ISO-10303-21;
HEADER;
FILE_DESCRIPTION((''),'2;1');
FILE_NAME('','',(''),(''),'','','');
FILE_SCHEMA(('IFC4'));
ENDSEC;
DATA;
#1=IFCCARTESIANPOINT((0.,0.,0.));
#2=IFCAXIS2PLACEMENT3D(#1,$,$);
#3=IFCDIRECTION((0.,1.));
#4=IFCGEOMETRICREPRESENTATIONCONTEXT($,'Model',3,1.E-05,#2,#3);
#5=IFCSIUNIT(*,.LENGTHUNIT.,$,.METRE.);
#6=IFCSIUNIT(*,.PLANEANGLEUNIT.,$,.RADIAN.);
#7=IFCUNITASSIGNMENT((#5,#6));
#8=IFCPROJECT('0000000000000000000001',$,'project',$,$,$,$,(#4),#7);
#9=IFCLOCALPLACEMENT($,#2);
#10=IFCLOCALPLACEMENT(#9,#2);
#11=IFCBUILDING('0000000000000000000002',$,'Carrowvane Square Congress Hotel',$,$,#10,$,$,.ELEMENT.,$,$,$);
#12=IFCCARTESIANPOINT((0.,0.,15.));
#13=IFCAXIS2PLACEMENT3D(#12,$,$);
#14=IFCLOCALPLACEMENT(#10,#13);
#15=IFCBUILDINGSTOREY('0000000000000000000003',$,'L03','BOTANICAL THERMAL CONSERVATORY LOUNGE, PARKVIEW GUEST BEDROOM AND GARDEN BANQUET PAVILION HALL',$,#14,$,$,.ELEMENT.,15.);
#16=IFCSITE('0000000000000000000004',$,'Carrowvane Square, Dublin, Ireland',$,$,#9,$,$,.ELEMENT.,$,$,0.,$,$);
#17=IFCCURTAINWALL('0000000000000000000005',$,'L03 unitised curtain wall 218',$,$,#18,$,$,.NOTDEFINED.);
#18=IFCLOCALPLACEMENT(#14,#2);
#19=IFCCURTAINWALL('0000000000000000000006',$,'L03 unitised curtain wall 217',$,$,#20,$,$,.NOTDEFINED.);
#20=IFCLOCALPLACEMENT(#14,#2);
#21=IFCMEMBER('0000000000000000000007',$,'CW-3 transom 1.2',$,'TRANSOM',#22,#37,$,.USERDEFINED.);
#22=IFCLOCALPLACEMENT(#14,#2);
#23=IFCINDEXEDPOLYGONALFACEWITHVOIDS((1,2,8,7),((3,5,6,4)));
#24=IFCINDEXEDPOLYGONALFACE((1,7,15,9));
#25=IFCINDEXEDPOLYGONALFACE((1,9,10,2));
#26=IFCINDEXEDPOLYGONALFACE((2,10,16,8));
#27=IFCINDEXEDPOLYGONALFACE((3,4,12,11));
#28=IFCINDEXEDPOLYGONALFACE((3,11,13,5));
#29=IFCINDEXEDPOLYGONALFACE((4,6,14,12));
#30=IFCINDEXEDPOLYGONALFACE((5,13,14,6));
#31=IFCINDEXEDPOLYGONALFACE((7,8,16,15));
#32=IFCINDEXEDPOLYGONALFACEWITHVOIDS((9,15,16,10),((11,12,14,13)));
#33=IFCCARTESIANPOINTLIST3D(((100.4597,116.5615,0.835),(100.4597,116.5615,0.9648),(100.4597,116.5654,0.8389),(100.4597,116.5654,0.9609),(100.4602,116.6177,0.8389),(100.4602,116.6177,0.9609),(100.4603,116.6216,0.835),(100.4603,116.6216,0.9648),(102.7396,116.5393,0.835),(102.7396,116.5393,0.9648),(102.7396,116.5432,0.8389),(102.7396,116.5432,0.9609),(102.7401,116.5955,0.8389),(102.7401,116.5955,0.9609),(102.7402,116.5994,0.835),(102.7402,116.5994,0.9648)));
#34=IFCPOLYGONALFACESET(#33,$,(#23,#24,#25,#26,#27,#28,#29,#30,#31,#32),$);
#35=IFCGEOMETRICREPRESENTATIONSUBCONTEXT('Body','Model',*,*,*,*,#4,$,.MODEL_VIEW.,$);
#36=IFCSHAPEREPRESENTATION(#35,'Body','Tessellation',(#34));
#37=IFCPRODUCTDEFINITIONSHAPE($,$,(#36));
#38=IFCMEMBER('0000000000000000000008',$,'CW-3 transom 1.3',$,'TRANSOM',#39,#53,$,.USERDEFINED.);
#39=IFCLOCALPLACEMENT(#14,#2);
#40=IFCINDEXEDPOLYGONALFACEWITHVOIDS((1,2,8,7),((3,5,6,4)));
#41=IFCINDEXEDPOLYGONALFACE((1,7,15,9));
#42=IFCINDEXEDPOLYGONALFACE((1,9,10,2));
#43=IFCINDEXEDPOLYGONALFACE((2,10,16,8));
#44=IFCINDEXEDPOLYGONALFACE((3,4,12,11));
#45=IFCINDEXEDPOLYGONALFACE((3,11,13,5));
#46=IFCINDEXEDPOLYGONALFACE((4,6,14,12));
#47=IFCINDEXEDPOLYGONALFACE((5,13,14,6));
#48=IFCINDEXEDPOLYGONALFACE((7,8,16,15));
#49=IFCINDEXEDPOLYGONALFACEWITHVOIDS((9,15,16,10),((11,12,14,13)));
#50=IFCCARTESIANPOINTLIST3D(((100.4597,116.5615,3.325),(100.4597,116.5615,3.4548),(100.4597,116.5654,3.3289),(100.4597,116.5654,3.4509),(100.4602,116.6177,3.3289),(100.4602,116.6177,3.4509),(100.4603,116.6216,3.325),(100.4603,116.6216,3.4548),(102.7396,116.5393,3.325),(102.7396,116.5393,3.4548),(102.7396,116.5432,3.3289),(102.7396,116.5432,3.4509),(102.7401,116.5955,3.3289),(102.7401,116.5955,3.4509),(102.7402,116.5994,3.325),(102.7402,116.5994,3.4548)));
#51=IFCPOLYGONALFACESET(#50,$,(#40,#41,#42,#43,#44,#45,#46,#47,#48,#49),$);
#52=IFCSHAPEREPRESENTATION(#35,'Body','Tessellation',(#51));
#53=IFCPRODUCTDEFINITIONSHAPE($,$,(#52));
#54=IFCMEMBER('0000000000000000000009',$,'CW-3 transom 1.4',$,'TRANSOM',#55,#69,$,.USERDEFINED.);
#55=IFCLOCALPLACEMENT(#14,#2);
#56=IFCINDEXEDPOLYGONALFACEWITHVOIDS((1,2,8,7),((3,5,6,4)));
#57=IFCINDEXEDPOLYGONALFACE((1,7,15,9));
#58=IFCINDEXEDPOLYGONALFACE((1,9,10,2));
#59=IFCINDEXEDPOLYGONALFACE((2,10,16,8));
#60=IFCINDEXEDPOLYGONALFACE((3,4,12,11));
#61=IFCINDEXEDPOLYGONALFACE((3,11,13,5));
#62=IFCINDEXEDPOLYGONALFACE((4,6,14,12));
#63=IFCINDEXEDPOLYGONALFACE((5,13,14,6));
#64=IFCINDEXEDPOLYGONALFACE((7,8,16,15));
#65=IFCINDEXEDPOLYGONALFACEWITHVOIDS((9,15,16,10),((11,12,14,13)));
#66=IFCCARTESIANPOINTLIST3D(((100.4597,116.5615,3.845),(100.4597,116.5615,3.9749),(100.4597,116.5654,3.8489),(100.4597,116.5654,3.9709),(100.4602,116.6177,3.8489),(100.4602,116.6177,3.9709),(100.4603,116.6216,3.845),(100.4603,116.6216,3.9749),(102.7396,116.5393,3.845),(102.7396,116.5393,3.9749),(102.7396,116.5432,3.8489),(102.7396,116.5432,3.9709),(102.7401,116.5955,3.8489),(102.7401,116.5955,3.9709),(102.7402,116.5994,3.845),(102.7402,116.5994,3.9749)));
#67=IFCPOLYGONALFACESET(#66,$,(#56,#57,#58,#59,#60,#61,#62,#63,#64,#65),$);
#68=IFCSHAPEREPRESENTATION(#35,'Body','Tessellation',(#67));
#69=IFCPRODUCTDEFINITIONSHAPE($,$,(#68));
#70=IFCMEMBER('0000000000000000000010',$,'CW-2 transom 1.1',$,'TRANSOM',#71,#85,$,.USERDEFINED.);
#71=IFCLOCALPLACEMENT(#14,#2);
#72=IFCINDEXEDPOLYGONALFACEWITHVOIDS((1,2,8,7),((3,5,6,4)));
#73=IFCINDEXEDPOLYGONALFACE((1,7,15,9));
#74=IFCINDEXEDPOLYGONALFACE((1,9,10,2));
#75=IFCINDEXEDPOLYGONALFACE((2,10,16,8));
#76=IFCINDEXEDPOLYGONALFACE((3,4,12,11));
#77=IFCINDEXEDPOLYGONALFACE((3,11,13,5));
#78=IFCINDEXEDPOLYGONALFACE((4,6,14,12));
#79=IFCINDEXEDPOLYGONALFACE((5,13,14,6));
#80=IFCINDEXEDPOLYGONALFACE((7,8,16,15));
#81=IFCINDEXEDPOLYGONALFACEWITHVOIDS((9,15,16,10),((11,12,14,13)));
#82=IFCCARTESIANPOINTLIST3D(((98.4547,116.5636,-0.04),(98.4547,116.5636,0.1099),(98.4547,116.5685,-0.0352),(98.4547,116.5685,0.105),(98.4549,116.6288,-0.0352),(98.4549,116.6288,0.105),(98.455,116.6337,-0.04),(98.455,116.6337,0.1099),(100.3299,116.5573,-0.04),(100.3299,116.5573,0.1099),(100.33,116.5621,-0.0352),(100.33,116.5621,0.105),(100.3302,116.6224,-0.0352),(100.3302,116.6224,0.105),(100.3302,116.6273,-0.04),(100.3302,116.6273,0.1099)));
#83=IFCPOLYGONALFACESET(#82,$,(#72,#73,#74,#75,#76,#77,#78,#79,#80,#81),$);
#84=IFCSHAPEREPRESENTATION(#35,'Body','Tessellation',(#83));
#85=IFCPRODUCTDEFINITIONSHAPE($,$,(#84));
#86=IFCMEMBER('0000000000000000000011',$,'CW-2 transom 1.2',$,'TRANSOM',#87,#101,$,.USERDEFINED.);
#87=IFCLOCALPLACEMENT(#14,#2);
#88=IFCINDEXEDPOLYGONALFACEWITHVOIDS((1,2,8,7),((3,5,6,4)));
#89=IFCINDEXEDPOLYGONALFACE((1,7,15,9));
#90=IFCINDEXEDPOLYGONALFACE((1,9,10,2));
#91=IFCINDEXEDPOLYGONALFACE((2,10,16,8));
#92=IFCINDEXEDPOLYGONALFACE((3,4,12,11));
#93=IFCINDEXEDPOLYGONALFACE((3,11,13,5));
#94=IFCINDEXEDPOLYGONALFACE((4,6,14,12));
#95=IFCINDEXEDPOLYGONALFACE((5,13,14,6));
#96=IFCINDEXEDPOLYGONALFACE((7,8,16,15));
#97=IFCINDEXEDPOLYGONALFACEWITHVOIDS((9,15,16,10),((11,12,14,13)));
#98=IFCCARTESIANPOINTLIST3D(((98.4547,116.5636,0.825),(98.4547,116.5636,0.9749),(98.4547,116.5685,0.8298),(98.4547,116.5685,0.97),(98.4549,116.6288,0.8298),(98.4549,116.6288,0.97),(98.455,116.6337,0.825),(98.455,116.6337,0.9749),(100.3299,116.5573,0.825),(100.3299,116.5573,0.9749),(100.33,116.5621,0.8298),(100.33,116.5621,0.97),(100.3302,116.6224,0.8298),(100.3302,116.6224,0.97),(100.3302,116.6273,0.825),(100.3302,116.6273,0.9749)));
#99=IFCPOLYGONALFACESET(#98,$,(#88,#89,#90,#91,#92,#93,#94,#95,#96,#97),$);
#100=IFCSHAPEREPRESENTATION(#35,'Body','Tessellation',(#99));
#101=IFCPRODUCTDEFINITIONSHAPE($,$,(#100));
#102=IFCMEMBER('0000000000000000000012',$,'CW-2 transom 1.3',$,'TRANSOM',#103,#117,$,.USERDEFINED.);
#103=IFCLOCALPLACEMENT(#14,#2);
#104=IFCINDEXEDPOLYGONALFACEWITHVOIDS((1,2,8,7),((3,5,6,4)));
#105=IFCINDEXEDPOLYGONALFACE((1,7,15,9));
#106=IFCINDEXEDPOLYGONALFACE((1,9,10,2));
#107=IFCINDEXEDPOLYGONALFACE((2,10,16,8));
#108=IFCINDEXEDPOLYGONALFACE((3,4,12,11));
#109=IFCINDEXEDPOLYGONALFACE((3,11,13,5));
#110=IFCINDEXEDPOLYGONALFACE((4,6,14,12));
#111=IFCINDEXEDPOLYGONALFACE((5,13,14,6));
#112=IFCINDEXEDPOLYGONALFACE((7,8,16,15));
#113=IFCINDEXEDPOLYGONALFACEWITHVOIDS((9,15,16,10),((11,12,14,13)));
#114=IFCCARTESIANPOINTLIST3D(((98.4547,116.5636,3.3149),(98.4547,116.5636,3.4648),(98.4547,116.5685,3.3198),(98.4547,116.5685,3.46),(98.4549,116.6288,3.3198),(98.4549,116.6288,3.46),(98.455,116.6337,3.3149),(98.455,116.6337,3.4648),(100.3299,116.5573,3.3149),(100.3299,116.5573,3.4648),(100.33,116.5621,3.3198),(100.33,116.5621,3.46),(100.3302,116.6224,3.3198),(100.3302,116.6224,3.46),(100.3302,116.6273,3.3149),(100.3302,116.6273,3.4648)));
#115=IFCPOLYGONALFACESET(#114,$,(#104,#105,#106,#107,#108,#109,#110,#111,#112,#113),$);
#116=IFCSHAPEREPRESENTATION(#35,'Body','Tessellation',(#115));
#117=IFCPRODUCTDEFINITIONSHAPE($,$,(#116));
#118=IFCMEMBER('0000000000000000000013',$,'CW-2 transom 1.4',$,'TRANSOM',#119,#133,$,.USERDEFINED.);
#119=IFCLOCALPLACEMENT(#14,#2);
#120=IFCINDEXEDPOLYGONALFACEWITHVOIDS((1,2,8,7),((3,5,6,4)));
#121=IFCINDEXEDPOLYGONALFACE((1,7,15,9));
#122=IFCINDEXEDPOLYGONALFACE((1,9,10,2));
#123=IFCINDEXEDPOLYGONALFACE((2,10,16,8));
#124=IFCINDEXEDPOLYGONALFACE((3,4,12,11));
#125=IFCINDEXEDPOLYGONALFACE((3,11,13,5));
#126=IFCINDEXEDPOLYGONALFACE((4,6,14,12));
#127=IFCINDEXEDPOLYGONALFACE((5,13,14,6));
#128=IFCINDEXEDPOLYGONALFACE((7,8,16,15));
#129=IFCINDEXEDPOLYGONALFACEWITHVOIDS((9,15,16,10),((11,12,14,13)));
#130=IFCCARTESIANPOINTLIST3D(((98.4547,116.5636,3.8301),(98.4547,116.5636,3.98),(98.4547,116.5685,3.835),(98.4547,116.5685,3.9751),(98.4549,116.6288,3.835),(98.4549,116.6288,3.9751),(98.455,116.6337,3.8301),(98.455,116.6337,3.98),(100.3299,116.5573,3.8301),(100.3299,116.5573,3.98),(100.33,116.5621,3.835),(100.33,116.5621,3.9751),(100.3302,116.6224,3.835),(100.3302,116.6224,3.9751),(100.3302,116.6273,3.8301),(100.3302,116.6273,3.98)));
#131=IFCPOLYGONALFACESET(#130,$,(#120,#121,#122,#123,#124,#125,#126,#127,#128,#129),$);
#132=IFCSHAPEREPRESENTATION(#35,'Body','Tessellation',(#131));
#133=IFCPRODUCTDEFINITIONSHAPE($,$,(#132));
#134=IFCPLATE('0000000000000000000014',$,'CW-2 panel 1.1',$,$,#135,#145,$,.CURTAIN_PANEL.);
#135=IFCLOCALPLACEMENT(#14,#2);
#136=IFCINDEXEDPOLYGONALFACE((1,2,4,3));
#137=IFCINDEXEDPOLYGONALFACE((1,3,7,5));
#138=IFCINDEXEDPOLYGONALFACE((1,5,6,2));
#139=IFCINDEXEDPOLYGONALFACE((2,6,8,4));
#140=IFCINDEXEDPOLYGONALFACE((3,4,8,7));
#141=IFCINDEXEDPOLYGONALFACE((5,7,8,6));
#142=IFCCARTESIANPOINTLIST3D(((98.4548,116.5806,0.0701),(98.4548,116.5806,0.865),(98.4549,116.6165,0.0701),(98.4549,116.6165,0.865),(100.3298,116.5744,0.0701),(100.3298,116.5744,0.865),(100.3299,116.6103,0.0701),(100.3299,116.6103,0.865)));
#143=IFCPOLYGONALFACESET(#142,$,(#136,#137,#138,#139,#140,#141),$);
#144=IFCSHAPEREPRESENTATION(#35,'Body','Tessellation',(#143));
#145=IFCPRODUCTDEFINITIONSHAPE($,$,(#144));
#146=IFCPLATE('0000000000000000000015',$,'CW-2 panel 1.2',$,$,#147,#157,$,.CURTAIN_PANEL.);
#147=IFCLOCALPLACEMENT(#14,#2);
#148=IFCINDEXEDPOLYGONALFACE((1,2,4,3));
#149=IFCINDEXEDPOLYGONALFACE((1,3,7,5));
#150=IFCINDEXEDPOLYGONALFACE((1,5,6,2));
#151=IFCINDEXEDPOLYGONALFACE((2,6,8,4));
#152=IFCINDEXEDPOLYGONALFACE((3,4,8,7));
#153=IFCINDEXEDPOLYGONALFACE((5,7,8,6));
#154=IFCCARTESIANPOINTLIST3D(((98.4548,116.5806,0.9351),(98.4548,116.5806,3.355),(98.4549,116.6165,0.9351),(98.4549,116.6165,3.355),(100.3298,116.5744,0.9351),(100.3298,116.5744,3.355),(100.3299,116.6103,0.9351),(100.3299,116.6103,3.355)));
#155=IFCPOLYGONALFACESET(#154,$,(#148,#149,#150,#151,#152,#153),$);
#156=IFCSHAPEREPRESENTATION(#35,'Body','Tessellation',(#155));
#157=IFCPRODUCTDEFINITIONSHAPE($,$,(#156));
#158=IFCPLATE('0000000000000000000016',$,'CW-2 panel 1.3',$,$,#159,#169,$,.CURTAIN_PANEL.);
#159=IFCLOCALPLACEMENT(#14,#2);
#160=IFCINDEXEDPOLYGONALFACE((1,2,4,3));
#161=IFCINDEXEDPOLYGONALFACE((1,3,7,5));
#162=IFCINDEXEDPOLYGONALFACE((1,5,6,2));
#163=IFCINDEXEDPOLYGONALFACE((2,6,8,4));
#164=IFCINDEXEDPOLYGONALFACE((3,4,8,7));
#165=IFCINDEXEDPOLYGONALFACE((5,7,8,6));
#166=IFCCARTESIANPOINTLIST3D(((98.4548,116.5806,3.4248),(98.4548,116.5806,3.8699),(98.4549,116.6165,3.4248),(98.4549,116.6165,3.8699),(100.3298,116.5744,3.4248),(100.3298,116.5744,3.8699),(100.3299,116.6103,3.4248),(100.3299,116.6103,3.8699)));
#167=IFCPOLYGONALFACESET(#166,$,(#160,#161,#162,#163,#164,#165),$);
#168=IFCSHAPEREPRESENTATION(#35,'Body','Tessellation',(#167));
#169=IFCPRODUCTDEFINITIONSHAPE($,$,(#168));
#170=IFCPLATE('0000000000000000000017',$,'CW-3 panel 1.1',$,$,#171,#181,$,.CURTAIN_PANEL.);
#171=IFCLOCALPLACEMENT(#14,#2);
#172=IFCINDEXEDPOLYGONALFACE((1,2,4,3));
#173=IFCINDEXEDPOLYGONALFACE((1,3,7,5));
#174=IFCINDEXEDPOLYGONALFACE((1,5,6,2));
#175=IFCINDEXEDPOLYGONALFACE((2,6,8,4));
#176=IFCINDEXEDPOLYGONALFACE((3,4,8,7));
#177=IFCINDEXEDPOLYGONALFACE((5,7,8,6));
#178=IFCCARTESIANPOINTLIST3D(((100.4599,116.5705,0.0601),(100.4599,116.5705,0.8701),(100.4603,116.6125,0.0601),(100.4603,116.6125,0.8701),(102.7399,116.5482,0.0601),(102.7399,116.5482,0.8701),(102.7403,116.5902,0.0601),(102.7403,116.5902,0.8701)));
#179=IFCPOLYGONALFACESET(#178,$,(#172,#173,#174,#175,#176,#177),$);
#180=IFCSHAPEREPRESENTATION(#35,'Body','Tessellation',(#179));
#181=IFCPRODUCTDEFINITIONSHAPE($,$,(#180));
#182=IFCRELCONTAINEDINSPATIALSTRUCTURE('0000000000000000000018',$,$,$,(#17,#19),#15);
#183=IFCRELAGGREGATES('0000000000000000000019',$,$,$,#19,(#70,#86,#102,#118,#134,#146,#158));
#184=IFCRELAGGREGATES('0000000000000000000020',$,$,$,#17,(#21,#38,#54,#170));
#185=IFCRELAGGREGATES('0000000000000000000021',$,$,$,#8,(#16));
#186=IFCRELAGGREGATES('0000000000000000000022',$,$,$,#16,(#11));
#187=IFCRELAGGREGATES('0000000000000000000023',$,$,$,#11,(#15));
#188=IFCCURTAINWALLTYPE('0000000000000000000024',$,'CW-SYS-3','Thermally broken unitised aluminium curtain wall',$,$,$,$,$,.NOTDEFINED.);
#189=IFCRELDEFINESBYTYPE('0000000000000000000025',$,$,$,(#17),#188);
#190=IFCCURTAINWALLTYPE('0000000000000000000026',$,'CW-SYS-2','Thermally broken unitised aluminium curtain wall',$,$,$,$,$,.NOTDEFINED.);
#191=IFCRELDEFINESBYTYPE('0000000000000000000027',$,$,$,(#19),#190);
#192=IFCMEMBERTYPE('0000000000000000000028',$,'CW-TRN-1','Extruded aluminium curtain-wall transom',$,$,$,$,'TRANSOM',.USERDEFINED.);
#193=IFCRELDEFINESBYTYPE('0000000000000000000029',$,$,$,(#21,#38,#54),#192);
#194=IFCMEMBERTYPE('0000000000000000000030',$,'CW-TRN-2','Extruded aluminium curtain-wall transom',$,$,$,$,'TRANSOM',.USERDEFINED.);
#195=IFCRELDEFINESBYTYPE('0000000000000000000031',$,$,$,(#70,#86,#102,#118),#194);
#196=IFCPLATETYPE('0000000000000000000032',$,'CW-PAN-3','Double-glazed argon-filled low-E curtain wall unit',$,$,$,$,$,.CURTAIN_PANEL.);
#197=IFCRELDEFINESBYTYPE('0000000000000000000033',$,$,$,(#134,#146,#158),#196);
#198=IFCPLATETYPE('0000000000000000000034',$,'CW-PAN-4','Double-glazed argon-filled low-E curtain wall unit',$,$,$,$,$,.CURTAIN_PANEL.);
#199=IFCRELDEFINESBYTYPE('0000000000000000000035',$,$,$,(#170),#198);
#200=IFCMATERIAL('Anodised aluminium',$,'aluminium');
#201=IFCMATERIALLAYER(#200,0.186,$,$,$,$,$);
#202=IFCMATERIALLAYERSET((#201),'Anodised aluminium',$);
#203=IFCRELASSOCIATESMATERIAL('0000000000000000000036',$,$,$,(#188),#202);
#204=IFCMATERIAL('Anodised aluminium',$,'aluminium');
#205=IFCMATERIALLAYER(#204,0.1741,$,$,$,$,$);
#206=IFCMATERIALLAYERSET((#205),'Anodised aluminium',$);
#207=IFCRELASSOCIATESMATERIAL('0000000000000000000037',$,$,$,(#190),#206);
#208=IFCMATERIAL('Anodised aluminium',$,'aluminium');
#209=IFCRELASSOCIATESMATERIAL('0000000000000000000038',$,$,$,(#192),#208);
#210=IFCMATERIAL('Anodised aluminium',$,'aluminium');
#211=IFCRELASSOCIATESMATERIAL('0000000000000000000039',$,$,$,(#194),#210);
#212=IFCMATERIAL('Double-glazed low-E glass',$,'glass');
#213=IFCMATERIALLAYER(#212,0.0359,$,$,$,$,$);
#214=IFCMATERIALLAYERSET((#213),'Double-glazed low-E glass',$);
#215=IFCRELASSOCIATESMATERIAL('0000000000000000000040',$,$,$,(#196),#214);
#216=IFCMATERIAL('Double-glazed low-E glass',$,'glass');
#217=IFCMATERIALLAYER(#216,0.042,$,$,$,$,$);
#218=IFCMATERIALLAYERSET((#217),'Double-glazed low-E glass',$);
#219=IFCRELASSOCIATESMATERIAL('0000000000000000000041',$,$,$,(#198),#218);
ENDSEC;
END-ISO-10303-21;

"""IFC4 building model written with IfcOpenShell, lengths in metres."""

from ifc_helpers import new_model, si_unit, direction, frame, origin, origin_2d, place, context, subcontext, project, spatial, rectangle, hollow_rectangle, extrude, material, layer, layer_set, material_profile, profile_set, type_object, element, aggregate, save


model = new_model("IFC4")

# Units and contexts
model_context = context("Model", 3, precision=1e-05, world=origin(), true_north=direction((0.0, 1.0)))
body_context = subcontext(model_context, "Body", "Model", "MODEL_VIEW")
ifc_project = project(units=[si_unit("LENGTHUNIT", "METRE"), si_unit("PLANEANGLEUNIT", "RADIAN")], contexts=[model_context])

# Site, building, storey
site_placement = place(None, origin())
site = spatial("IfcSite", under=ifc_project, at=site_placement, Name="Carrowvane Square, Dublin, Ireland", CompositionType="ELEMENT", RefElevation=0.0)
building_placement = place(site_placement, origin())
building = spatial("IfcBuilding", under=site, at=building_placement, Name="Carrowvane Square Congress Hotel", CompositionType="ELEMENT")
storey_placement = place(building_placement, frame((0.0, 0.0, 15.0)))
storey = spatial("IfcBuildingStorey", under=building, at=storey_placement, Name="L03", Description="BOTANICAL THERMAL CONSERVATORY LOUNGE, PARKVIEW GUEST BEDROOM AND GARDEN BANQUET PAVILION HALL", CompositionType="ELEMENT", Elevation=15.0)

# Curtain wall
ifc_material_1 = material(Name="Anodised aluminium", Category="aluminium")
ifc_layer_1 = layer(ifc_material_1, 0.186)
ifc_layer_set_1 = layer_set([ifc_layer_1], Name="Anodised aluminium")
curtain_wall_type_1 = type_object("IfcCurtainWallType", Name="CW-SYS-3", Description="Thermally broken unitised aluminium curtain wall", PredefinedType="NOTDEFINED", material=ifc_layer_set_1)
curtain_wall_1_placement = place(storey_placement, origin())
curtain_wall_1 = element("IfcCurtainWall", 1, at=curtain_wall_1_placement, inside=storey, type_object=curtain_wall_type_1, Name="L03 unitised curtain wall 218", PredefinedType="NOTDEFINED")

# Curtain wall
ifc_material_2 = material(Name="Anodised aluminium", Category="aluminium")
ifc_layer_2 = layer(ifc_material_2, 0.1741)
ifc_layer_set_2 = layer_set([ifc_layer_2], Name="Anodised aluminium")
curtain_wall_type_2 = type_object("IfcCurtainWallType", Name="CW-SYS-2", Description="Thermally broken unitised aluminium curtain wall", PredefinedType="NOTDEFINED", material=ifc_layer_set_2)
curtain_wall_2_placement = place(storey_placement, origin())
curtain_wall_2 = element("IfcCurtainWall", 2, at=curtain_wall_2_placement, inside=storey, type_object=curtain_wall_type_2, Name="L03 unitised curtain wall 217", PredefinedType="NOTDEFINED")

# Members
ifc_material_3 = material(Name="Anodised aluminium", Category="aluminium")
ifc_material_profile_1 = material_profile(ifc_material_3, hollow_rectangle(XDim=0.0601, YDim=0.1299, WallThickness=0.0039, at=origin_2d()), Name="CW-TR 60x130x4")
ifc_profile_set_1 = profile_set([ifc_material_profile_1], Name="Anodised aluminium")
member_type_1 = type_object("IfcMemberType", Name="CW-TRN-1", Description="Extruded aluminium curtain-wall transom", ElementType="TRANSOM", PredefinedType="USERDEFINED", material=ifc_profile_set_1)
member_1_placement = place(storey_placement, frame((100.46, 116.5916, 0.8999), z_axis=(0.999953, -0.009744, 0.0), x_axis=(0.009744, 0.999953, 0.0)))
member_1 = element("IfcMember", 3, at=member_1_placement, type_object=member_type_1, Name="CW-3 transom 1.2", ObjectType="TRANSOM", PredefinedType="USERDEFINED", context=body_context, shape_type="SweptSolid", body=[
    extrude(hollow_rectangle(XDim=0.0601, YDim=0.1299, WallThickness=0.0039, at=origin_2d()), origin(), (0.0, 0.0, 1.0), 2.28),
])
member_2_placement = place(storey_placement, frame((100.46, 116.5916, 3.3899), z_axis=(0.999953, -0.009744, 0.0), x_axis=(0.009744, 0.999953, 0.0)))
member_2 = element("IfcMember", 4, at=member_2_placement, type_object=member_type_1, Name="CW-3 transom 1.3", ObjectType="TRANSOM", PredefinedType="USERDEFINED", context=body_context, shape_type="SweptSolid", body=[
    extrude(hollow_rectangle(XDim=0.0601, YDim=0.1299, WallThickness=0.0039, at=origin_2d()), origin(), (0.0, 0.0, 1.0), 2.28),
])
member_3_placement = place(storey_placement, frame((100.46, 116.5916, 3.9099), z_axis=(0.999953, -0.009744, 0.0), x_axis=(0.009744, 0.999953, 0.0)))
member_3 = element("IfcMember", 5, at=member_3_placement, type_object=member_type_1, Name="CW-3 transom 1.4", ObjectType="TRANSOM", PredefinedType="USERDEFINED", context=body_context, shape_type="SweptSolid", body=[
    extrude(hollow_rectangle(XDim=0.0601, YDim=0.1299, WallThickness=0.0039, at=origin_2d()), origin(), (0.0, 0.0, 1.0), 2.28),
])
ifc_material_4 = material(Name="Anodised aluminium", Category="aluminium")
ifc_material_profile_2 = material_profile(ifc_material_4, hollow_rectangle(XDim=0.0701, YDim=0.1499, WallThickness=0.0049, at=origin_2d()), Name="CW-TR 70x150x5")
ifc_profile_set_2 = profile_set([ifc_material_profile_2], Name="Anodised aluminium")
member_type_2 = type_object("IfcMemberType", Name="CW-TRN-2", Description="Extruded aluminium curtain-wall transom", ElementType="TRANSOM", PredefinedType="USERDEFINED", material=ifc_profile_set_2)
member_4_placement = place(storey_placement, frame((98.4548, 116.5986, 0.0349), z_axis=(0.999994, -0.003385, 0.0), x_axis=(0.003385, 0.999994, 0.0)))
member_4 = element("IfcMember", 6, at=member_4_placement, type_object=member_type_2, Name="CW-2 transom 1.1", ObjectType="TRANSOM", PredefinedType="USERDEFINED", context=body_context, shape_type="SweptSolid", body=[
    extrude(hollow_rectangle(XDim=0.0701, YDim=0.1499, WallThickness=0.0049, at=origin_2d()), origin(), (0.0, 0.0, 1.0), 1.8752),
])
member_5_placement = place(storey_placement, frame((98.4548, 116.5986, 0.8999), z_axis=(0.999994, -0.003385, 0.0), x_axis=(0.003385, 0.999994, 0.0)))
member_5 = element("IfcMember", 7, at=member_5_placement, type_object=member_type_2, Name="CW-2 transom 1.2", ObjectType="TRANSOM", PredefinedType="USERDEFINED", context=body_context, shape_type="SweptSolid", body=[
    extrude(hollow_rectangle(XDim=0.0701, YDim=0.1499, WallThickness=0.0049, at=origin_2d()), origin(), (0.0, 0.0, 1.0), 1.8752),
])
member_6_placement = place(storey_placement, frame((98.4548, 116.5986, 3.3899), z_axis=(0.999994, -0.003385, 0.0), x_axis=(0.003385, 0.999994, 0.0)))
member_6 = element("IfcMember", 8, at=member_6_placement, type_object=member_type_2, Name="CW-2 transom 1.3", ObjectType="TRANSOM", PredefinedType="USERDEFINED", context=body_context, shape_type="SweptSolid", body=[
    extrude(hollow_rectangle(XDim=0.0701, YDim=0.1499, WallThickness=0.0049, at=origin_2d()), origin(), (0.0, 0.0, 1.0), 1.8752),
])
member_7_placement = place(storey_placement, frame((98.4548, 116.5986, 3.905), z_axis=(0.999994, -0.003385, 0.0), x_axis=(0.003385, 0.999994, 0.0)))
member_7 = element("IfcMember", 9, at=member_7_placement, type_object=member_type_2, Name="CW-2 transom 1.4", ObjectType="TRANSOM", PredefinedType="USERDEFINED", context=body_context, shape_type="SweptSolid", body=[
    extrude(hollow_rectangle(XDim=0.0701, YDim=0.1499, WallThickness=0.0049, at=origin_2d()), origin(), (0.0, 0.0, 1.0), 1.8752),
])

# Plates
ifc_material_5 = material(Name="Double-glazed low-E glass", Category="glass")
ifc_layer_3 = layer(ifc_material_5, 0.0359)
ifc_layer_set_3 = layer_set([ifc_layer_3], Name="Double-glazed low-E glass")
plate_type_1 = type_object("IfcPlateType", Name="CW-PAN-3", Description="Double-glazed argon-filled low-E curtain wall unit", PredefinedType="CURTAIN_PANEL", material=ifc_layer_set_3)
plate_1_placement = place(storey_placement, frame((99.3923, 116.5955, 0.0701), z_axis=(0.0, 0.0, 1.0), x_axis=(0.999995, -0.00327, 0.0)))
plate_1 = element("IfcPlate", 10, at=plate_1_placement, type_object=plate_type_1, Name="CW-2 panel 1.1", PredefinedType="CURTAIN_PANEL", context=body_context, shape_type="SweptSolid", body=[
    extrude(rectangle(XDim=1.875, YDim=0.0359, at=origin_2d()), origin(), (0.0, 0.0, 1.0), 0.7949),
])
plate_2_placement = place(storey_placement, frame((99.3923, 116.5955, 0.9351), z_axis=(0.0, 0.0, 1.0), x_axis=(0.999995, -0.00327, 0.0)))
plate_2 = element("IfcPlate", 11, at=plate_2_placement, type_object=plate_type_1, Name="CW-2 panel 1.2", PredefinedType="CURTAIN_PANEL", context=body_context, shape_type="SweptSolid", body=[
    extrude(rectangle(XDim=1.875, YDim=0.0359, at=origin_2d()), origin(), (0.0, 0.0, 1.0), 2.4199),
])
plate_3_placement = place(storey_placement, frame((99.3923, 116.5955, 3.4248), z_axis=(0.0, 0.0, 1.0), x_axis=(0.999995, -0.00327, 0.0)))
plate_3 = element("IfcPlate", 12, at=plate_3_placement, type_object=plate_type_1, Name="CW-2 panel 1.3", PredefinedType="CURTAIN_PANEL", context=body_context, shape_type="SweptSolid", body=[
    extrude(rectangle(XDim=1.875, YDim=0.0359, at=origin_2d()), origin(), (0.0, 0.0, 1.0), 0.4451),
])
aggregate(curtain_wall_2, [member_4, member_5, member_6, member_7, plate_1, plate_2, plate_3])
ifc_material_6 = material(Name="Double-glazed low-E glass", Category="glass")
ifc_layer_4 = layer(ifc_material_6, 0.042)
ifc_layer_set_4 = layer_set([ifc_layer_4], Name="Double-glazed low-E glass")
plate_type_2 = type_object("IfcPlateType", Name="CW-PAN-4", Description="Double-glazed argon-filled low-E curtain wall unit", PredefinedType="CURTAIN_PANEL", material=ifc_layer_set_4)
plate_4_placement = place(storey_placement, frame((101.6001, 116.5803, 0.0601), z_axis=(0.0, 0.0, 1.0), x_axis=(0.999952, -0.009783, 0.0)))
plate_4 = element("IfcPlate", 13, at=plate_4_placement, type_object=plate_type_2, Name="CW-3 panel 1.1", PredefinedType="CURTAIN_PANEL", context=body_context, shape_type="SweptSolid", body=[
    extrude(rectangle(XDim=2.28, YDim=0.042, at=origin_2d()), origin(), (0.0, 0.0, 1.0), 0.8101),
])
aggregate(curtain_wall_1, [member_1, member_2, member_3, plate_4])

save(model, "model.ifc")
